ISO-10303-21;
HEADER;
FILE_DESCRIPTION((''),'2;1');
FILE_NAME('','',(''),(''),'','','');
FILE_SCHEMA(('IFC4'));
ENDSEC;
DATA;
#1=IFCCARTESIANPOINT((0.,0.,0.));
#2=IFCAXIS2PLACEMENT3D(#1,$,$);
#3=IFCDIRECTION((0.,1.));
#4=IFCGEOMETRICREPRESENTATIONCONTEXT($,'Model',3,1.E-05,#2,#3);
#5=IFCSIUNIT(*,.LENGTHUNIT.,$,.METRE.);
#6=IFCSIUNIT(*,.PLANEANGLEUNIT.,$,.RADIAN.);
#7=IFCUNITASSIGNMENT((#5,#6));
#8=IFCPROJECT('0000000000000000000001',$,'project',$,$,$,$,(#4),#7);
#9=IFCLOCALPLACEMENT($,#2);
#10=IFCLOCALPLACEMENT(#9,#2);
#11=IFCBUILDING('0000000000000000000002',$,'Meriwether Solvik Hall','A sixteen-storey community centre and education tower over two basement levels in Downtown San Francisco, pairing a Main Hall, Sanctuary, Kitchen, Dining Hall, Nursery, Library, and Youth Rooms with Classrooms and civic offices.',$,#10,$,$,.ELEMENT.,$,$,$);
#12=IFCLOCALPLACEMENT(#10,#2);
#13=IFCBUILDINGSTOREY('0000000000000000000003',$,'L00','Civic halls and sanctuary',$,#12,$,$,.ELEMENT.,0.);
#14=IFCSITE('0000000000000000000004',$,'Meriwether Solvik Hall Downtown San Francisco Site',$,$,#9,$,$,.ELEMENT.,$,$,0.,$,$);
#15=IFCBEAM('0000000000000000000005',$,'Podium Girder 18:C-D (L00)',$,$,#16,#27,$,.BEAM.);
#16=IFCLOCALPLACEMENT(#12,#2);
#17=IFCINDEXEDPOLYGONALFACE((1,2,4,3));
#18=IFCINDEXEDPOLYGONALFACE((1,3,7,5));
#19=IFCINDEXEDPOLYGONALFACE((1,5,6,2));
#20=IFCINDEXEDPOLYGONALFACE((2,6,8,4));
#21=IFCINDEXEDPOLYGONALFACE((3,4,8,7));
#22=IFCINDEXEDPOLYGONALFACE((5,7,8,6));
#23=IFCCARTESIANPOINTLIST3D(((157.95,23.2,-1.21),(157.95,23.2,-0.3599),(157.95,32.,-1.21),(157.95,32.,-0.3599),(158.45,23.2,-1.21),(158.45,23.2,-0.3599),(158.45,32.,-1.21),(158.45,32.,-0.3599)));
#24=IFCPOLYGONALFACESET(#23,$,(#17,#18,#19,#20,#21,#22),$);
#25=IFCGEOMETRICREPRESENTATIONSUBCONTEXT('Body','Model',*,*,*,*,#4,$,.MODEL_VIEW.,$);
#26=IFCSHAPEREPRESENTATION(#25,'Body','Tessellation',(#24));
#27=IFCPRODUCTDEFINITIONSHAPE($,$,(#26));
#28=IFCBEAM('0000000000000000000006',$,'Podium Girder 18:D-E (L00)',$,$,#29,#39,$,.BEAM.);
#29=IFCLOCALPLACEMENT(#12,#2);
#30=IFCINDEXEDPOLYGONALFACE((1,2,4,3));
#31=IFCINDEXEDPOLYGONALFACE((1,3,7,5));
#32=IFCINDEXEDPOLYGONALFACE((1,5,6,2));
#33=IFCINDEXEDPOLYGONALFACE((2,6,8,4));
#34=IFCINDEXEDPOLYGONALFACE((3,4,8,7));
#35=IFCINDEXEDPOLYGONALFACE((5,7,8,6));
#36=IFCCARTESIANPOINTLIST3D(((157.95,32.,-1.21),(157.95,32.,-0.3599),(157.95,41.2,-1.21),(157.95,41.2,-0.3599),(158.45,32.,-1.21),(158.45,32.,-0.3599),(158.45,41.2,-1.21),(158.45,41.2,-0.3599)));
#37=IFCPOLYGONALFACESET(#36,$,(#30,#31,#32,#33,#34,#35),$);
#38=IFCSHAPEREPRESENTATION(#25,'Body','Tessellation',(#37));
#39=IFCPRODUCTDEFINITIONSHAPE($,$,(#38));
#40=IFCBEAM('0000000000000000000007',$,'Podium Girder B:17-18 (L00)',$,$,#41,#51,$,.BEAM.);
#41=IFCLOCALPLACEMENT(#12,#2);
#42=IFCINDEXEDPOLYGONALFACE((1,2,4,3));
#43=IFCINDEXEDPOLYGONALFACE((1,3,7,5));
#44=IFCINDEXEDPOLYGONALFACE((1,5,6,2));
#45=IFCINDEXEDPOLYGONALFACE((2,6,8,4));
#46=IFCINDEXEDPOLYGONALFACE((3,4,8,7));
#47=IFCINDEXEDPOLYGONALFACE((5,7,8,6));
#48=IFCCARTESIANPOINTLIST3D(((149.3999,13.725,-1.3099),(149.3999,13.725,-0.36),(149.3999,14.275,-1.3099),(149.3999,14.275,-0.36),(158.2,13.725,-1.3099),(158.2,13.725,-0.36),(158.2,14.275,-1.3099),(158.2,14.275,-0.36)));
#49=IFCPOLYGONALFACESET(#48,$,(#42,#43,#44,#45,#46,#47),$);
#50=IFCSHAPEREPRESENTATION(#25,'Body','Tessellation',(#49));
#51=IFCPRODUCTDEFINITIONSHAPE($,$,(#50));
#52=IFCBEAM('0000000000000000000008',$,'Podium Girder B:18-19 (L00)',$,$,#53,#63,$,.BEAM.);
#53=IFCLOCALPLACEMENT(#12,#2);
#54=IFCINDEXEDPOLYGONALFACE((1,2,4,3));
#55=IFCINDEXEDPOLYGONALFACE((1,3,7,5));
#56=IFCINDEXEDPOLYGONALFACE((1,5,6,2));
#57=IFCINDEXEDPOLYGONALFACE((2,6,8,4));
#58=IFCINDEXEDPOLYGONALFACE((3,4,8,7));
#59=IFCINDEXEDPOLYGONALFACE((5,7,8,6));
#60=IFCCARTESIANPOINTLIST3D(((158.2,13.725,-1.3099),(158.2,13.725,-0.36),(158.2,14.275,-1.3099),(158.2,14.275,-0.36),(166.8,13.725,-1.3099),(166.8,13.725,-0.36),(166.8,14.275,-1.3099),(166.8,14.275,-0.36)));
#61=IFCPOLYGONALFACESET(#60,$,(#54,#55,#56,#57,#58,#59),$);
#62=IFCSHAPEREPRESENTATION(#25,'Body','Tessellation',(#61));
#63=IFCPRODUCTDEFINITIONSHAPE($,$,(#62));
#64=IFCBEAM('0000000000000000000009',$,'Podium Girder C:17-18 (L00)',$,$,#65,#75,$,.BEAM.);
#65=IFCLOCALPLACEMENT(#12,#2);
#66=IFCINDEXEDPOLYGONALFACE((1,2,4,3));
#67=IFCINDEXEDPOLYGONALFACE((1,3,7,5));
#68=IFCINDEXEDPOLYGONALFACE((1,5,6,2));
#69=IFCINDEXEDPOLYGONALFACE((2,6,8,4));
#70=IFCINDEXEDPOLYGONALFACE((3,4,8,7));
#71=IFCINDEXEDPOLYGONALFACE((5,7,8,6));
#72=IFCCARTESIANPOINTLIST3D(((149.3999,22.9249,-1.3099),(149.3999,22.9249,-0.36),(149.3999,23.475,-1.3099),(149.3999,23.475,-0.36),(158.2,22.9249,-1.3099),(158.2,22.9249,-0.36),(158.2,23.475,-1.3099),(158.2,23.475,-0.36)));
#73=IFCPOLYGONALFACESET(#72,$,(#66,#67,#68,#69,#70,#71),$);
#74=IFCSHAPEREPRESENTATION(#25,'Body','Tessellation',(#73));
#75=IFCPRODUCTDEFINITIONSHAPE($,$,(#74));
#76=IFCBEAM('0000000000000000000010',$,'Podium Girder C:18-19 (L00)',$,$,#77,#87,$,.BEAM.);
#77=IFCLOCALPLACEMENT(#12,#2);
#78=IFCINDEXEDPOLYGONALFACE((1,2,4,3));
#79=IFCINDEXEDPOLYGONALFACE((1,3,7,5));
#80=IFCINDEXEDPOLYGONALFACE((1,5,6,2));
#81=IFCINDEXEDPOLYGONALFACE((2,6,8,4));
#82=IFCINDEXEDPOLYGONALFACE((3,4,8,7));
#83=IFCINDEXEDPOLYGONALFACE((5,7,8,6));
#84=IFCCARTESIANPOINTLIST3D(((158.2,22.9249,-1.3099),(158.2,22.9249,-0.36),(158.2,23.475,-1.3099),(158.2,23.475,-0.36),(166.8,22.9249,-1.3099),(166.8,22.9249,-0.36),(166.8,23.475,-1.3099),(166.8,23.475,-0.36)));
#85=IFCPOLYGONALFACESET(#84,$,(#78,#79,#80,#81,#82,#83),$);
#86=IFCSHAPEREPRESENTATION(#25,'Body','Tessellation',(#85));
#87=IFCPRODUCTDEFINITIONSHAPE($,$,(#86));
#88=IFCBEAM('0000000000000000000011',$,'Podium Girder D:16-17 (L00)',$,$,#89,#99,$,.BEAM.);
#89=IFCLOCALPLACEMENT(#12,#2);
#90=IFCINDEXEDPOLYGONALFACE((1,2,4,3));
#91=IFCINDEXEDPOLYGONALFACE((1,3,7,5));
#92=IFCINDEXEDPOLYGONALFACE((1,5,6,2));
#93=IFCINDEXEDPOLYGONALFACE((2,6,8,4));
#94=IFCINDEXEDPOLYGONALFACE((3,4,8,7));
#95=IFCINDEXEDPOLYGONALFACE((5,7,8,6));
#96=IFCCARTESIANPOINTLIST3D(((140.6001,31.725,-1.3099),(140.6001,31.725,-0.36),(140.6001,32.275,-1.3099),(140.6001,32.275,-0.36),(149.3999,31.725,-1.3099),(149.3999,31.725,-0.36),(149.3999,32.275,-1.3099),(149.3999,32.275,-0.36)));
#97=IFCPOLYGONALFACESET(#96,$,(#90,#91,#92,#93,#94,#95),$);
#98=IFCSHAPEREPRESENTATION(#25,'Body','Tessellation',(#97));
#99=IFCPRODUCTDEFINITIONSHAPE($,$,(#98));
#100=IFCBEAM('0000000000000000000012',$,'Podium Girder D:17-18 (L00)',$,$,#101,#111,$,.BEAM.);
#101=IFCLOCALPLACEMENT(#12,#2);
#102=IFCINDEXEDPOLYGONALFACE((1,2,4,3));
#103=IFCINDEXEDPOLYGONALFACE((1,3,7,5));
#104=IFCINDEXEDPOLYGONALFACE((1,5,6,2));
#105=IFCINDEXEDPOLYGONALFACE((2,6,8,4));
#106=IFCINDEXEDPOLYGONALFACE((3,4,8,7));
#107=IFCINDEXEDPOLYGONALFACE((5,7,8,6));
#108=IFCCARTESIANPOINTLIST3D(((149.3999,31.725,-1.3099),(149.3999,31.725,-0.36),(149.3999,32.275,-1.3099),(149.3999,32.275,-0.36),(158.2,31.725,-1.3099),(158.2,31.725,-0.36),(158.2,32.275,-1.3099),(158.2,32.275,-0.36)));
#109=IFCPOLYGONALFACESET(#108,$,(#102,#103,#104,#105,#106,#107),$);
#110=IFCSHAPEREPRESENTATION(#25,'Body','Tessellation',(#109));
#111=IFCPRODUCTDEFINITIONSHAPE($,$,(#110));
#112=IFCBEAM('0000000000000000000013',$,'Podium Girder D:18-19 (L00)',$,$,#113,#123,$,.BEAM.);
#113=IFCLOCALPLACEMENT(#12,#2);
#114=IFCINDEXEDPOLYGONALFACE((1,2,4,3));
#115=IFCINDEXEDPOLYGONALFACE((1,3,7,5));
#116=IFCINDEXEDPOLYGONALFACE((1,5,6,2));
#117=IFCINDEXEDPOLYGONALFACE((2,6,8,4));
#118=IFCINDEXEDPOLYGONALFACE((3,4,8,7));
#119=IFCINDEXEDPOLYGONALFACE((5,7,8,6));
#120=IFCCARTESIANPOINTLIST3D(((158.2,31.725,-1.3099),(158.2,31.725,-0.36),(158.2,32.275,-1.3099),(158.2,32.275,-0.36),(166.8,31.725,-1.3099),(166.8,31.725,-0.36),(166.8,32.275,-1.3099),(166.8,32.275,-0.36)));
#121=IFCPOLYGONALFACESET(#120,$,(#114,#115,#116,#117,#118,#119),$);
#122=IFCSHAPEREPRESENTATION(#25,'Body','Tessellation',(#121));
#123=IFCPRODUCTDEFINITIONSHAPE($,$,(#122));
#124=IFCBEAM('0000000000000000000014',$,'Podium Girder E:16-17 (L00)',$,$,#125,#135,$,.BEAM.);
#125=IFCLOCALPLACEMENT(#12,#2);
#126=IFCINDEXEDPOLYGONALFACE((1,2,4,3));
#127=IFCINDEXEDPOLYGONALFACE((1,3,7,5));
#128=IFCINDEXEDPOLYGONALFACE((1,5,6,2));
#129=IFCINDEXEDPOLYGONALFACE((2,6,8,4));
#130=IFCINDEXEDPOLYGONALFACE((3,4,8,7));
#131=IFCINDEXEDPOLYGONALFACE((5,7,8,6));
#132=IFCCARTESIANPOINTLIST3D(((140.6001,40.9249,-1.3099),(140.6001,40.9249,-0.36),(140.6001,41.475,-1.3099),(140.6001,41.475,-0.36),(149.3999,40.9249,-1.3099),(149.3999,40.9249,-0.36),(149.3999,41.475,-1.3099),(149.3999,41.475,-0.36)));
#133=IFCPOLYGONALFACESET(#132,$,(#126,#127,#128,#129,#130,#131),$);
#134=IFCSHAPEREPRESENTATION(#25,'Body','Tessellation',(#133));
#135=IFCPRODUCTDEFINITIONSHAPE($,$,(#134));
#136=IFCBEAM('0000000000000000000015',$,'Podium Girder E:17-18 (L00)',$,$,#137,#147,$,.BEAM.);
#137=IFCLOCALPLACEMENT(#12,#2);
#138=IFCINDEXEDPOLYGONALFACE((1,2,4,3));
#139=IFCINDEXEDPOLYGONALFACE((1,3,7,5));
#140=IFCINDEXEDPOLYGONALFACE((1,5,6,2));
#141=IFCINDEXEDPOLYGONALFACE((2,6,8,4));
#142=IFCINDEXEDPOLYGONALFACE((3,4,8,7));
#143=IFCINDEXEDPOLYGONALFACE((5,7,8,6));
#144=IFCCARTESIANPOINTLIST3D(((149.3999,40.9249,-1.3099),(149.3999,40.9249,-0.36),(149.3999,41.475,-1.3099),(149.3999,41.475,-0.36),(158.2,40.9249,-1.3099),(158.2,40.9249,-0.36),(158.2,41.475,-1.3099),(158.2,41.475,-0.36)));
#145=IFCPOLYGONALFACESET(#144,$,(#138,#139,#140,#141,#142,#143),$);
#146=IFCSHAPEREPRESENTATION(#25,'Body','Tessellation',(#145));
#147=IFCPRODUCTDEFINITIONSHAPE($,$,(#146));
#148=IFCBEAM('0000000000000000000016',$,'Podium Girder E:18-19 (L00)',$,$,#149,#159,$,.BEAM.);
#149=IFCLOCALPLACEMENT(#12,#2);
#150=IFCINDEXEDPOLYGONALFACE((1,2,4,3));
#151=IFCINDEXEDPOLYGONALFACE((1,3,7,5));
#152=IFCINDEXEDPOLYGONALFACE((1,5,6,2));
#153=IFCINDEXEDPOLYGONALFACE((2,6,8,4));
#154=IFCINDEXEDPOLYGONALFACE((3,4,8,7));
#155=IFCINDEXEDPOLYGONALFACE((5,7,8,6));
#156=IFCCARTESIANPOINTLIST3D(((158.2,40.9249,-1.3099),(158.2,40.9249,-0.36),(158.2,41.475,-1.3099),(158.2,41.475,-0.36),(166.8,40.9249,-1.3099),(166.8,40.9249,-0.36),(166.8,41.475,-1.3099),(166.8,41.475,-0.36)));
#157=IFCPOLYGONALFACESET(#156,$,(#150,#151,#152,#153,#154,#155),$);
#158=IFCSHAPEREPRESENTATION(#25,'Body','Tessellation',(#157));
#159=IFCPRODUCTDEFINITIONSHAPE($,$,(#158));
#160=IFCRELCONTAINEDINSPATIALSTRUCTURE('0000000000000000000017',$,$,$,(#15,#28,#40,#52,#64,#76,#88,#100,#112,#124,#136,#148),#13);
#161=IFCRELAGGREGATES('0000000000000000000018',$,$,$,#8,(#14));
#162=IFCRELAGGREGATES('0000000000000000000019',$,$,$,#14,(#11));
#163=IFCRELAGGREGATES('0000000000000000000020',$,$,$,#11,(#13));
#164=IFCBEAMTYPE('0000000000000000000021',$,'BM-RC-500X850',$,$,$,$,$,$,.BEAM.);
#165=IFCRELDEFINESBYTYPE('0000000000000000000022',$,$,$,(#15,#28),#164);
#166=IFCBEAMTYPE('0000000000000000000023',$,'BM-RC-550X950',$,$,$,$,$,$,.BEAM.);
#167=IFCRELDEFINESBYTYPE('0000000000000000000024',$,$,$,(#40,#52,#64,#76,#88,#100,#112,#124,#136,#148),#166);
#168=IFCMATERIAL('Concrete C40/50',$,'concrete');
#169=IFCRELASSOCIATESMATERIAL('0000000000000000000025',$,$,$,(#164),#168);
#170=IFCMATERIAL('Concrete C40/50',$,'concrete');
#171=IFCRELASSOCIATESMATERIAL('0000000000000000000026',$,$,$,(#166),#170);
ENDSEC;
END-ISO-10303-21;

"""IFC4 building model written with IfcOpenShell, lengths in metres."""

from ifc_helpers import new_model, si_unit, direction, frame, origin, origin_2d, place, context, subcontext, project, spatial, rectangle, extrude, material, material_profile, profile_set, type_object, element, save


model = new_model("IFC4")

# Units and contexts
model_context = context("Model", 3, precision=1e-05, world=origin(), true_north=direction((0.0, 1.0)))
body_context = subcontext(model_context, "Body", "Model", "MODEL_VIEW")
ifc_project = project(units=[si_unit("LENGTHUNIT", "METRE"), si_unit("PLANEANGLEUNIT", "RADIAN")], contexts=[model_context])

# Site, building, storey
site_placement = place(None, origin())
site = spatial("IfcSite", under=ifc_project, at=site_placement, Name="Meriwether Solvik Hall Downtown San Francisco Site", CompositionType="ELEMENT", RefElevation=0.0)
building_placement = place(site_placement, origin())
building = spatial("IfcBuilding", under=site, at=building_placement, Name="Meriwether Solvik Hall", Description="A sixteen-storey community centre and education tower over two basement levels in Downtown San Francisco, pairing a Main Hall, Sanctuary, Kitchen, Dining Hall, Nursery, Library, and Youth Rooms with Classrooms and civic offices.", CompositionType="ELEMENT")
storey_placement = place(building_placement, origin())
storey = spatial("IfcBuildingStorey", under=building, at=storey_placement, Name="L00", Description="Civic halls and sanctuary", CompositionType="ELEMENT", Elevation=0.0)

# Beams
ifc_material_1 = material(Name="Concrete C40/50", Category="concrete")
ifc_material_profile_1 = material_profile(ifc_material_1, rectangle(XDim=0.5, YDim=0.8501, at=origin_2d()), Name="RCB-500X850")
ifc_profile_set_1 = profile_set([ifc_material_profile_1], Name="Concrete C40/50")
beam_type_1 = type_object("IfcBeamType", Name="BM-RC-500X850", PredefinedType="BEAM", material=ifc_profile_set_1)
beam_1_placement = place(storey_placement, frame((158.2, 23.2, -0.7849), z_axis=(0.0, 1.0, 0.0), x_axis=(-1.0, 0.0, 0.0)))
element("IfcBeam", 1, at=beam_1_placement, inside=storey, type_object=beam_type_1, Name="Podium Girder 18:C-D (L00)", PredefinedType="BEAM", context=body_context, shape_type="SweptSolid", body=[
    extrude(rectangle(XDim=0.5, YDim=0.8501, at=origin_2d()), origin(), (0.0, 0.0, 1.0), 8.8),
])
beam_2_placement = place(storey_placement, frame((158.2, 32.0, -0.7849), z_axis=(0.0, 1.0, 0.0), x_axis=(-1.0, 0.0, 0.0)))
element("IfcBeam", 2, at=beam_2_placement, inside=storey, type_object=beam_type_1, Name="Podium Girder 18:D-E (L00)", PredefinedType="BEAM", context=body_context, shape_type="SweptSolid", body=[
    extrude(rectangle(XDim=0.5, YDim=0.8501, at=origin_2d()), origin(), (0.0, 0.0, 1.0), 9.2),
])
ifc_material_2 = material(Name="Concrete C40/50", Category="concrete")
ifc_material_profile_2 = material_profile(ifc_material_2, rectangle(XDim=0.55, YDim=0.95, at=origin_2d()), Name="RCB-550X950")
ifc_profile_set_2 = profile_set([ifc_material_profile_2], Name="Concrete C40/50")
beam_type_2 = type_object("IfcBeamType", Name="BM-RC-550X950", PredefinedType="BEAM", material=ifc_profile_set_2)
beam_3_placement = place(storey_placement, frame((149.3999, 14.0, -0.835), z_axis=(1.0, 0.0, 0.0), x_axis=(0.0, 1.0, 0.0)))
element("IfcBeam", 3, at=beam_3_placement, inside=storey, type_object=beam_type_2, Name="Podium Girder B:17-18 (L00)", PredefinedType="BEAM", context=body_context, shape_type="SweptSolid", body=[
    extrude(rectangle(XDim=0.55, YDim=0.95, at=origin_2d()), origin(), (0.0, 0.0, 1.0), 8.8),
])
beam_4_placement = place(storey_placement, frame((158.2, 14.0, -0.835), z_axis=(1.0, 0.0, 0.0), x_axis=(0.0, 1.0, 0.0)))
element("IfcBeam", 4, at=beam_4_placement, inside=storey, type_object=beam_type_2, Name="Podium Girder B:18-19 (L00)", PredefinedType="BEAM", context=body_context, shape_type="SweptSolid", body=[
    extrude(rectangle(XDim=0.55, YDim=0.95, at=origin_2d()), origin(), (0.0, 0.0, 1.0), 8.6001),
])
beam_5_placement = place(storey_placement, frame((149.3999, 23.2, -0.835), z_axis=(1.0, 0.0, 0.0), x_axis=(0.0, 1.0, 0.0)))
element("IfcBeam", 5, at=beam_5_placement, inside=storey, type_object=beam_type_2, Name="Podium Girder C:17-18 (L00)", PredefinedType="BEAM", context=body_context, shape_type="SweptSolid", body=[
    extrude(rectangle(XDim=0.55, YDim=0.95, at=origin_2d()), origin(), (0.0, 0.0, 1.0), 8.8),
])
beam_6_placement = place(storey_placement, frame((158.2, 23.2, -0.835), z_axis=(1.0, 0.0, 0.0), x_axis=(0.0, 1.0, 0.0)))
element("IfcBeam", 6, at=beam_6_placement, inside=storey, type_object=beam_type_2, Name="Podium Girder C:18-19 (L00)", PredefinedType="BEAM", context=body_context, shape_type="SweptSolid", body=[
    extrude(rectangle(XDim=0.55, YDim=0.95, at=origin_2d()), origin(), (0.0, 0.0, 1.0), 8.6001),
])
beam_7_placement = place(storey_placement, frame((140.6001, 32.0, -0.835), z_axis=(1.0, 0.0, 0.0), x_axis=(0.0, 1.0, 0.0)))
element("IfcBeam", 7, at=beam_7_placement, inside=storey, type_object=beam_type_2, Name="Podium Girder D:16-17 (L00)", PredefinedType="BEAM", context=body_context, shape_type="SweptSolid", body=[
    extrude(rectangle(XDim=0.55, YDim=0.95, at=origin_2d()), origin(), (0.0, 0.0, 1.0), 8.7998),
])
beam_8_placement = place(storey_placement, frame((149.3999, 32.0, -0.835), z_axis=(1.0, 0.0, 0.0), x_axis=(0.0, 1.0, 0.0)))
element("IfcBeam", 8, at=beam_8_placement, inside=storey, type_object=beam_type_2, Name="Podium Girder D:17-18 (L00)", PredefinedType="BEAM", context=body_context, shape_type="SweptSolid", body=[
    extrude(rectangle(XDim=0.55, YDim=0.95, at=origin_2d()), origin(), (0.0, 0.0, 1.0), 8.8),
])
beam_9_placement = place(storey_placement, frame((158.2, 32.0, -0.835), z_axis=(1.0, 0.0, 0.0), x_axis=(0.0, 1.0, 0.0)))
element("IfcBeam", 9, at=beam_9_placement, inside=storey, type_object=beam_type_2, Name="Podium Girder D:18-19 (L00)", PredefinedType="BEAM", context=body_context, shape_type="SweptSolid", body=[
    extrude(rectangle(XDim=0.55, YDim=0.95, at=origin_2d()), origin(), (0.0, 0.0, 1.0), 8.6001),
])
beam_10_placement = place(storey_placement, frame((140.6001, 41.2, -0.835), z_axis=(1.0, 0.0, 0.0), x_axis=(0.0, 1.0, 0.0)))
element("IfcBeam", 10, at=beam_10_placement, inside=storey, type_object=beam_type_2, Name="Podium Girder E:16-17 (L00)", PredefinedType="BEAM", context=body_context, shape_type="SweptSolid", body=[
    extrude(rectangle(XDim=0.55, YDim=0.95, at=origin_2d()), origin(), (0.0, 0.0, 1.0), 8.7998),
])
beam_11_placement = place(storey_placement, frame((149.3999, 41.2, -0.835), z_axis=(1.0, 0.0, 0.0), x_axis=(0.0, 1.0, 0.0)))
element("IfcBeam", 11, at=beam_11_placement, inside=storey, type_object=beam_type_2, Name="Podium Girder E:17-18 (L00)", PredefinedType="BEAM", context=body_context, shape_type="SweptSolid", body=[
    extrude(rectangle(XDim=0.55, YDim=0.95, at=origin_2d()), origin(), (0.0, 0.0, 1.0), 8.8),
])
beam_12_placement = place(storey_placement, frame((158.2, 41.2, -0.835), z_axis=(1.0, 0.0, 0.0), x_axis=(0.0, 1.0, 0.0)))
element("IfcBeam", 12, at=beam_12_placement, inside=storey, type_object=beam_type_2, Name="Podium Girder E:18-19 (L00)", PredefinedType="BEAM", context=body_context, shape_type="SweptSolid", body=[
    extrude(rectangle(XDim=0.55, YDim=0.95, at=origin_2d()), origin(), (0.0, 0.0, 1.0), 8.6001),
])

save(model, "model.ifc")
